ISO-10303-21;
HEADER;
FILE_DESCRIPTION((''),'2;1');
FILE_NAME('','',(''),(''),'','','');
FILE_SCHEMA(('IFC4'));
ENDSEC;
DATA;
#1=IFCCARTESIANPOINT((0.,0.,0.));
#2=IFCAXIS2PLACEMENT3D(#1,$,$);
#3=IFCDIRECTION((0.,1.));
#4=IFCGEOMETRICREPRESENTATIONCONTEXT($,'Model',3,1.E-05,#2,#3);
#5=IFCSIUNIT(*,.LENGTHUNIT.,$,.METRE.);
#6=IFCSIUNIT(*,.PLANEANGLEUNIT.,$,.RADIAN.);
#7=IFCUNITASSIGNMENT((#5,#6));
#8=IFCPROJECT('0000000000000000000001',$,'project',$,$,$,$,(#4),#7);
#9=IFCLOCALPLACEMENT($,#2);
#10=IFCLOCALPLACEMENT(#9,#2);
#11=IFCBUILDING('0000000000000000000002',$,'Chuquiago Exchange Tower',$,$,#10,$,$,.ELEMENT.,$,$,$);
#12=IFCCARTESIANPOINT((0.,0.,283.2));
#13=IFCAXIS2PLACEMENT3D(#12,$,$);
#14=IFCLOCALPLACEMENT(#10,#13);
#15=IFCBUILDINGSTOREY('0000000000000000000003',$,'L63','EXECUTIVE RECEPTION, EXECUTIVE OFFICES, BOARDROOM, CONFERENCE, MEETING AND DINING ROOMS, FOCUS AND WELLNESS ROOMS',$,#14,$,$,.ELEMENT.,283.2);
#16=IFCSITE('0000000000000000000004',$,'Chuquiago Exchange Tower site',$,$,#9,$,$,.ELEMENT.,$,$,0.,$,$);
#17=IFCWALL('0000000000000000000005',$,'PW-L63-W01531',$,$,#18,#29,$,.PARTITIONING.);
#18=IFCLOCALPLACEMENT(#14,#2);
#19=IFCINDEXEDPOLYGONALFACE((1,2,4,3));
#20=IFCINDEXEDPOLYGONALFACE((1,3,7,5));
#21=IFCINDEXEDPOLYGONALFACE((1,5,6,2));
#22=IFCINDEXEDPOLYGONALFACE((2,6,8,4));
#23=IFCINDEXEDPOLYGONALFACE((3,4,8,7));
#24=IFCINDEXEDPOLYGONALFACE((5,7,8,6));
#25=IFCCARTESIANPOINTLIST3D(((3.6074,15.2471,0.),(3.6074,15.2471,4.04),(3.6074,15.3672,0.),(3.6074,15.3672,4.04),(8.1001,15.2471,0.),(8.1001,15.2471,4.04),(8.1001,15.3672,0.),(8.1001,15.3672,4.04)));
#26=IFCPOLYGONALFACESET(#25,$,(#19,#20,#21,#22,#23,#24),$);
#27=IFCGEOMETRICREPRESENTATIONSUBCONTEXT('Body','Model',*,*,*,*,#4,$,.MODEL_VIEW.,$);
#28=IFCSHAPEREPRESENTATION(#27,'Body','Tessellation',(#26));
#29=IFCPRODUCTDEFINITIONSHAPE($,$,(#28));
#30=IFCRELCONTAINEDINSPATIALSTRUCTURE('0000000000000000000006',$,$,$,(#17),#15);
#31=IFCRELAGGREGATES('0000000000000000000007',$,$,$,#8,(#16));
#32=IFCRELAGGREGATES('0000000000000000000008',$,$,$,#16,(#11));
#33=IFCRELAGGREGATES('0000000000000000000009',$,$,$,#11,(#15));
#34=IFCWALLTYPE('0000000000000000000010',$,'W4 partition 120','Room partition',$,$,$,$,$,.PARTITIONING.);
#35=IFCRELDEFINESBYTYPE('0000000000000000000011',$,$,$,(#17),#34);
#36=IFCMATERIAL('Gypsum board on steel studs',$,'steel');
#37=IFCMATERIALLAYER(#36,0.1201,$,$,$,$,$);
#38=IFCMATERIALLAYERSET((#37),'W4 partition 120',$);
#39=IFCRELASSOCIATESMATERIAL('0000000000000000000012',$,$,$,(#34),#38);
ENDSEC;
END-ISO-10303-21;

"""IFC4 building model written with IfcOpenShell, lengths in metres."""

from ifc_helpers import new_model, si_unit, direction, frame, frame_2d, origin, place, context, subcontext, project, spatial, rectangle, extrude, material, layer, layer_set, type_object, element, save


model = new_model("IFC4")

# Units and contexts
model_context = context("Model", 3, precision=1e-05, world=origin(), true_north=direction((0.0, 1.0)))
body_context = subcontext(model_context, "Body", "Model", "MODEL_VIEW")
ifc_project = project(units=[si_unit("LENGTHUNIT", "METRE"), si_unit("PLANEANGLEUNIT", "RADIAN")], contexts=[model_context])

# Site, building, storey
site_placement = place(None, origin())
site = spatial("IfcSite", under=ifc_project, at=site_placement, Name="Chuquiago Exchange Tower site", CompositionType="ELEMENT", RefElevation=0.0)
building_placement = place(site_placement, origin())
building = spatial("IfcBuilding", under=site, at=building_placement, Name="Chuquiago Exchange Tower", CompositionType="ELEMENT")
storey_placement = place(building_placement, frame((0.0, 0.0, 283.2)))
storey = spatial("IfcBuildingStorey", under=building, at=storey_placement, Name="L63", Description="EXECUTIVE RECEPTION, EXECUTIVE OFFICES, BOARDROOM, CONFERENCE, MEETING AND DINING ROOMS, FOCUS AND WELLNESS ROOMS", CompositionType="ELEMENT", Elevation=283.2)

# Wall
ifc_material_1 = material(Name="Gypsum board on steel studs", Category="steel")
ifc_layer_1 = layer(ifc_material_1, 0.1201)
ifc_layer_set_1 = layer_set([ifc_layer_1], Name="W4 partition 120")
wall_type_1 = type_object("IfcWallType", Name="W4 partition 120", Description="Room partition", PredefinedType="PARTITIONING", material=ifc_layer_set_1)
wall_1_placement = place(storey_placement, frame((3.6074, 15.3071, 0.0), z_axis=(0.0, 0.0, 1.0), x_axis=(1.0, 0.0, 0.0)))
element("IfcWall", 1, at=wall_1_placement, inside=storey, type_object=wall_type_1, Name="PW-L63-W01531", PredefinedType="PARTITIONING", context=body_context, shape_type="SweptSolid", body=[
    extrude(rectangle(XDim=4.4927, YDim=0.1201, at=frame_2d((2.2463, 0.0))), origin(), (0.0, 0.0, 1.0), 4.04),
])

save(model, "model.ifc")
